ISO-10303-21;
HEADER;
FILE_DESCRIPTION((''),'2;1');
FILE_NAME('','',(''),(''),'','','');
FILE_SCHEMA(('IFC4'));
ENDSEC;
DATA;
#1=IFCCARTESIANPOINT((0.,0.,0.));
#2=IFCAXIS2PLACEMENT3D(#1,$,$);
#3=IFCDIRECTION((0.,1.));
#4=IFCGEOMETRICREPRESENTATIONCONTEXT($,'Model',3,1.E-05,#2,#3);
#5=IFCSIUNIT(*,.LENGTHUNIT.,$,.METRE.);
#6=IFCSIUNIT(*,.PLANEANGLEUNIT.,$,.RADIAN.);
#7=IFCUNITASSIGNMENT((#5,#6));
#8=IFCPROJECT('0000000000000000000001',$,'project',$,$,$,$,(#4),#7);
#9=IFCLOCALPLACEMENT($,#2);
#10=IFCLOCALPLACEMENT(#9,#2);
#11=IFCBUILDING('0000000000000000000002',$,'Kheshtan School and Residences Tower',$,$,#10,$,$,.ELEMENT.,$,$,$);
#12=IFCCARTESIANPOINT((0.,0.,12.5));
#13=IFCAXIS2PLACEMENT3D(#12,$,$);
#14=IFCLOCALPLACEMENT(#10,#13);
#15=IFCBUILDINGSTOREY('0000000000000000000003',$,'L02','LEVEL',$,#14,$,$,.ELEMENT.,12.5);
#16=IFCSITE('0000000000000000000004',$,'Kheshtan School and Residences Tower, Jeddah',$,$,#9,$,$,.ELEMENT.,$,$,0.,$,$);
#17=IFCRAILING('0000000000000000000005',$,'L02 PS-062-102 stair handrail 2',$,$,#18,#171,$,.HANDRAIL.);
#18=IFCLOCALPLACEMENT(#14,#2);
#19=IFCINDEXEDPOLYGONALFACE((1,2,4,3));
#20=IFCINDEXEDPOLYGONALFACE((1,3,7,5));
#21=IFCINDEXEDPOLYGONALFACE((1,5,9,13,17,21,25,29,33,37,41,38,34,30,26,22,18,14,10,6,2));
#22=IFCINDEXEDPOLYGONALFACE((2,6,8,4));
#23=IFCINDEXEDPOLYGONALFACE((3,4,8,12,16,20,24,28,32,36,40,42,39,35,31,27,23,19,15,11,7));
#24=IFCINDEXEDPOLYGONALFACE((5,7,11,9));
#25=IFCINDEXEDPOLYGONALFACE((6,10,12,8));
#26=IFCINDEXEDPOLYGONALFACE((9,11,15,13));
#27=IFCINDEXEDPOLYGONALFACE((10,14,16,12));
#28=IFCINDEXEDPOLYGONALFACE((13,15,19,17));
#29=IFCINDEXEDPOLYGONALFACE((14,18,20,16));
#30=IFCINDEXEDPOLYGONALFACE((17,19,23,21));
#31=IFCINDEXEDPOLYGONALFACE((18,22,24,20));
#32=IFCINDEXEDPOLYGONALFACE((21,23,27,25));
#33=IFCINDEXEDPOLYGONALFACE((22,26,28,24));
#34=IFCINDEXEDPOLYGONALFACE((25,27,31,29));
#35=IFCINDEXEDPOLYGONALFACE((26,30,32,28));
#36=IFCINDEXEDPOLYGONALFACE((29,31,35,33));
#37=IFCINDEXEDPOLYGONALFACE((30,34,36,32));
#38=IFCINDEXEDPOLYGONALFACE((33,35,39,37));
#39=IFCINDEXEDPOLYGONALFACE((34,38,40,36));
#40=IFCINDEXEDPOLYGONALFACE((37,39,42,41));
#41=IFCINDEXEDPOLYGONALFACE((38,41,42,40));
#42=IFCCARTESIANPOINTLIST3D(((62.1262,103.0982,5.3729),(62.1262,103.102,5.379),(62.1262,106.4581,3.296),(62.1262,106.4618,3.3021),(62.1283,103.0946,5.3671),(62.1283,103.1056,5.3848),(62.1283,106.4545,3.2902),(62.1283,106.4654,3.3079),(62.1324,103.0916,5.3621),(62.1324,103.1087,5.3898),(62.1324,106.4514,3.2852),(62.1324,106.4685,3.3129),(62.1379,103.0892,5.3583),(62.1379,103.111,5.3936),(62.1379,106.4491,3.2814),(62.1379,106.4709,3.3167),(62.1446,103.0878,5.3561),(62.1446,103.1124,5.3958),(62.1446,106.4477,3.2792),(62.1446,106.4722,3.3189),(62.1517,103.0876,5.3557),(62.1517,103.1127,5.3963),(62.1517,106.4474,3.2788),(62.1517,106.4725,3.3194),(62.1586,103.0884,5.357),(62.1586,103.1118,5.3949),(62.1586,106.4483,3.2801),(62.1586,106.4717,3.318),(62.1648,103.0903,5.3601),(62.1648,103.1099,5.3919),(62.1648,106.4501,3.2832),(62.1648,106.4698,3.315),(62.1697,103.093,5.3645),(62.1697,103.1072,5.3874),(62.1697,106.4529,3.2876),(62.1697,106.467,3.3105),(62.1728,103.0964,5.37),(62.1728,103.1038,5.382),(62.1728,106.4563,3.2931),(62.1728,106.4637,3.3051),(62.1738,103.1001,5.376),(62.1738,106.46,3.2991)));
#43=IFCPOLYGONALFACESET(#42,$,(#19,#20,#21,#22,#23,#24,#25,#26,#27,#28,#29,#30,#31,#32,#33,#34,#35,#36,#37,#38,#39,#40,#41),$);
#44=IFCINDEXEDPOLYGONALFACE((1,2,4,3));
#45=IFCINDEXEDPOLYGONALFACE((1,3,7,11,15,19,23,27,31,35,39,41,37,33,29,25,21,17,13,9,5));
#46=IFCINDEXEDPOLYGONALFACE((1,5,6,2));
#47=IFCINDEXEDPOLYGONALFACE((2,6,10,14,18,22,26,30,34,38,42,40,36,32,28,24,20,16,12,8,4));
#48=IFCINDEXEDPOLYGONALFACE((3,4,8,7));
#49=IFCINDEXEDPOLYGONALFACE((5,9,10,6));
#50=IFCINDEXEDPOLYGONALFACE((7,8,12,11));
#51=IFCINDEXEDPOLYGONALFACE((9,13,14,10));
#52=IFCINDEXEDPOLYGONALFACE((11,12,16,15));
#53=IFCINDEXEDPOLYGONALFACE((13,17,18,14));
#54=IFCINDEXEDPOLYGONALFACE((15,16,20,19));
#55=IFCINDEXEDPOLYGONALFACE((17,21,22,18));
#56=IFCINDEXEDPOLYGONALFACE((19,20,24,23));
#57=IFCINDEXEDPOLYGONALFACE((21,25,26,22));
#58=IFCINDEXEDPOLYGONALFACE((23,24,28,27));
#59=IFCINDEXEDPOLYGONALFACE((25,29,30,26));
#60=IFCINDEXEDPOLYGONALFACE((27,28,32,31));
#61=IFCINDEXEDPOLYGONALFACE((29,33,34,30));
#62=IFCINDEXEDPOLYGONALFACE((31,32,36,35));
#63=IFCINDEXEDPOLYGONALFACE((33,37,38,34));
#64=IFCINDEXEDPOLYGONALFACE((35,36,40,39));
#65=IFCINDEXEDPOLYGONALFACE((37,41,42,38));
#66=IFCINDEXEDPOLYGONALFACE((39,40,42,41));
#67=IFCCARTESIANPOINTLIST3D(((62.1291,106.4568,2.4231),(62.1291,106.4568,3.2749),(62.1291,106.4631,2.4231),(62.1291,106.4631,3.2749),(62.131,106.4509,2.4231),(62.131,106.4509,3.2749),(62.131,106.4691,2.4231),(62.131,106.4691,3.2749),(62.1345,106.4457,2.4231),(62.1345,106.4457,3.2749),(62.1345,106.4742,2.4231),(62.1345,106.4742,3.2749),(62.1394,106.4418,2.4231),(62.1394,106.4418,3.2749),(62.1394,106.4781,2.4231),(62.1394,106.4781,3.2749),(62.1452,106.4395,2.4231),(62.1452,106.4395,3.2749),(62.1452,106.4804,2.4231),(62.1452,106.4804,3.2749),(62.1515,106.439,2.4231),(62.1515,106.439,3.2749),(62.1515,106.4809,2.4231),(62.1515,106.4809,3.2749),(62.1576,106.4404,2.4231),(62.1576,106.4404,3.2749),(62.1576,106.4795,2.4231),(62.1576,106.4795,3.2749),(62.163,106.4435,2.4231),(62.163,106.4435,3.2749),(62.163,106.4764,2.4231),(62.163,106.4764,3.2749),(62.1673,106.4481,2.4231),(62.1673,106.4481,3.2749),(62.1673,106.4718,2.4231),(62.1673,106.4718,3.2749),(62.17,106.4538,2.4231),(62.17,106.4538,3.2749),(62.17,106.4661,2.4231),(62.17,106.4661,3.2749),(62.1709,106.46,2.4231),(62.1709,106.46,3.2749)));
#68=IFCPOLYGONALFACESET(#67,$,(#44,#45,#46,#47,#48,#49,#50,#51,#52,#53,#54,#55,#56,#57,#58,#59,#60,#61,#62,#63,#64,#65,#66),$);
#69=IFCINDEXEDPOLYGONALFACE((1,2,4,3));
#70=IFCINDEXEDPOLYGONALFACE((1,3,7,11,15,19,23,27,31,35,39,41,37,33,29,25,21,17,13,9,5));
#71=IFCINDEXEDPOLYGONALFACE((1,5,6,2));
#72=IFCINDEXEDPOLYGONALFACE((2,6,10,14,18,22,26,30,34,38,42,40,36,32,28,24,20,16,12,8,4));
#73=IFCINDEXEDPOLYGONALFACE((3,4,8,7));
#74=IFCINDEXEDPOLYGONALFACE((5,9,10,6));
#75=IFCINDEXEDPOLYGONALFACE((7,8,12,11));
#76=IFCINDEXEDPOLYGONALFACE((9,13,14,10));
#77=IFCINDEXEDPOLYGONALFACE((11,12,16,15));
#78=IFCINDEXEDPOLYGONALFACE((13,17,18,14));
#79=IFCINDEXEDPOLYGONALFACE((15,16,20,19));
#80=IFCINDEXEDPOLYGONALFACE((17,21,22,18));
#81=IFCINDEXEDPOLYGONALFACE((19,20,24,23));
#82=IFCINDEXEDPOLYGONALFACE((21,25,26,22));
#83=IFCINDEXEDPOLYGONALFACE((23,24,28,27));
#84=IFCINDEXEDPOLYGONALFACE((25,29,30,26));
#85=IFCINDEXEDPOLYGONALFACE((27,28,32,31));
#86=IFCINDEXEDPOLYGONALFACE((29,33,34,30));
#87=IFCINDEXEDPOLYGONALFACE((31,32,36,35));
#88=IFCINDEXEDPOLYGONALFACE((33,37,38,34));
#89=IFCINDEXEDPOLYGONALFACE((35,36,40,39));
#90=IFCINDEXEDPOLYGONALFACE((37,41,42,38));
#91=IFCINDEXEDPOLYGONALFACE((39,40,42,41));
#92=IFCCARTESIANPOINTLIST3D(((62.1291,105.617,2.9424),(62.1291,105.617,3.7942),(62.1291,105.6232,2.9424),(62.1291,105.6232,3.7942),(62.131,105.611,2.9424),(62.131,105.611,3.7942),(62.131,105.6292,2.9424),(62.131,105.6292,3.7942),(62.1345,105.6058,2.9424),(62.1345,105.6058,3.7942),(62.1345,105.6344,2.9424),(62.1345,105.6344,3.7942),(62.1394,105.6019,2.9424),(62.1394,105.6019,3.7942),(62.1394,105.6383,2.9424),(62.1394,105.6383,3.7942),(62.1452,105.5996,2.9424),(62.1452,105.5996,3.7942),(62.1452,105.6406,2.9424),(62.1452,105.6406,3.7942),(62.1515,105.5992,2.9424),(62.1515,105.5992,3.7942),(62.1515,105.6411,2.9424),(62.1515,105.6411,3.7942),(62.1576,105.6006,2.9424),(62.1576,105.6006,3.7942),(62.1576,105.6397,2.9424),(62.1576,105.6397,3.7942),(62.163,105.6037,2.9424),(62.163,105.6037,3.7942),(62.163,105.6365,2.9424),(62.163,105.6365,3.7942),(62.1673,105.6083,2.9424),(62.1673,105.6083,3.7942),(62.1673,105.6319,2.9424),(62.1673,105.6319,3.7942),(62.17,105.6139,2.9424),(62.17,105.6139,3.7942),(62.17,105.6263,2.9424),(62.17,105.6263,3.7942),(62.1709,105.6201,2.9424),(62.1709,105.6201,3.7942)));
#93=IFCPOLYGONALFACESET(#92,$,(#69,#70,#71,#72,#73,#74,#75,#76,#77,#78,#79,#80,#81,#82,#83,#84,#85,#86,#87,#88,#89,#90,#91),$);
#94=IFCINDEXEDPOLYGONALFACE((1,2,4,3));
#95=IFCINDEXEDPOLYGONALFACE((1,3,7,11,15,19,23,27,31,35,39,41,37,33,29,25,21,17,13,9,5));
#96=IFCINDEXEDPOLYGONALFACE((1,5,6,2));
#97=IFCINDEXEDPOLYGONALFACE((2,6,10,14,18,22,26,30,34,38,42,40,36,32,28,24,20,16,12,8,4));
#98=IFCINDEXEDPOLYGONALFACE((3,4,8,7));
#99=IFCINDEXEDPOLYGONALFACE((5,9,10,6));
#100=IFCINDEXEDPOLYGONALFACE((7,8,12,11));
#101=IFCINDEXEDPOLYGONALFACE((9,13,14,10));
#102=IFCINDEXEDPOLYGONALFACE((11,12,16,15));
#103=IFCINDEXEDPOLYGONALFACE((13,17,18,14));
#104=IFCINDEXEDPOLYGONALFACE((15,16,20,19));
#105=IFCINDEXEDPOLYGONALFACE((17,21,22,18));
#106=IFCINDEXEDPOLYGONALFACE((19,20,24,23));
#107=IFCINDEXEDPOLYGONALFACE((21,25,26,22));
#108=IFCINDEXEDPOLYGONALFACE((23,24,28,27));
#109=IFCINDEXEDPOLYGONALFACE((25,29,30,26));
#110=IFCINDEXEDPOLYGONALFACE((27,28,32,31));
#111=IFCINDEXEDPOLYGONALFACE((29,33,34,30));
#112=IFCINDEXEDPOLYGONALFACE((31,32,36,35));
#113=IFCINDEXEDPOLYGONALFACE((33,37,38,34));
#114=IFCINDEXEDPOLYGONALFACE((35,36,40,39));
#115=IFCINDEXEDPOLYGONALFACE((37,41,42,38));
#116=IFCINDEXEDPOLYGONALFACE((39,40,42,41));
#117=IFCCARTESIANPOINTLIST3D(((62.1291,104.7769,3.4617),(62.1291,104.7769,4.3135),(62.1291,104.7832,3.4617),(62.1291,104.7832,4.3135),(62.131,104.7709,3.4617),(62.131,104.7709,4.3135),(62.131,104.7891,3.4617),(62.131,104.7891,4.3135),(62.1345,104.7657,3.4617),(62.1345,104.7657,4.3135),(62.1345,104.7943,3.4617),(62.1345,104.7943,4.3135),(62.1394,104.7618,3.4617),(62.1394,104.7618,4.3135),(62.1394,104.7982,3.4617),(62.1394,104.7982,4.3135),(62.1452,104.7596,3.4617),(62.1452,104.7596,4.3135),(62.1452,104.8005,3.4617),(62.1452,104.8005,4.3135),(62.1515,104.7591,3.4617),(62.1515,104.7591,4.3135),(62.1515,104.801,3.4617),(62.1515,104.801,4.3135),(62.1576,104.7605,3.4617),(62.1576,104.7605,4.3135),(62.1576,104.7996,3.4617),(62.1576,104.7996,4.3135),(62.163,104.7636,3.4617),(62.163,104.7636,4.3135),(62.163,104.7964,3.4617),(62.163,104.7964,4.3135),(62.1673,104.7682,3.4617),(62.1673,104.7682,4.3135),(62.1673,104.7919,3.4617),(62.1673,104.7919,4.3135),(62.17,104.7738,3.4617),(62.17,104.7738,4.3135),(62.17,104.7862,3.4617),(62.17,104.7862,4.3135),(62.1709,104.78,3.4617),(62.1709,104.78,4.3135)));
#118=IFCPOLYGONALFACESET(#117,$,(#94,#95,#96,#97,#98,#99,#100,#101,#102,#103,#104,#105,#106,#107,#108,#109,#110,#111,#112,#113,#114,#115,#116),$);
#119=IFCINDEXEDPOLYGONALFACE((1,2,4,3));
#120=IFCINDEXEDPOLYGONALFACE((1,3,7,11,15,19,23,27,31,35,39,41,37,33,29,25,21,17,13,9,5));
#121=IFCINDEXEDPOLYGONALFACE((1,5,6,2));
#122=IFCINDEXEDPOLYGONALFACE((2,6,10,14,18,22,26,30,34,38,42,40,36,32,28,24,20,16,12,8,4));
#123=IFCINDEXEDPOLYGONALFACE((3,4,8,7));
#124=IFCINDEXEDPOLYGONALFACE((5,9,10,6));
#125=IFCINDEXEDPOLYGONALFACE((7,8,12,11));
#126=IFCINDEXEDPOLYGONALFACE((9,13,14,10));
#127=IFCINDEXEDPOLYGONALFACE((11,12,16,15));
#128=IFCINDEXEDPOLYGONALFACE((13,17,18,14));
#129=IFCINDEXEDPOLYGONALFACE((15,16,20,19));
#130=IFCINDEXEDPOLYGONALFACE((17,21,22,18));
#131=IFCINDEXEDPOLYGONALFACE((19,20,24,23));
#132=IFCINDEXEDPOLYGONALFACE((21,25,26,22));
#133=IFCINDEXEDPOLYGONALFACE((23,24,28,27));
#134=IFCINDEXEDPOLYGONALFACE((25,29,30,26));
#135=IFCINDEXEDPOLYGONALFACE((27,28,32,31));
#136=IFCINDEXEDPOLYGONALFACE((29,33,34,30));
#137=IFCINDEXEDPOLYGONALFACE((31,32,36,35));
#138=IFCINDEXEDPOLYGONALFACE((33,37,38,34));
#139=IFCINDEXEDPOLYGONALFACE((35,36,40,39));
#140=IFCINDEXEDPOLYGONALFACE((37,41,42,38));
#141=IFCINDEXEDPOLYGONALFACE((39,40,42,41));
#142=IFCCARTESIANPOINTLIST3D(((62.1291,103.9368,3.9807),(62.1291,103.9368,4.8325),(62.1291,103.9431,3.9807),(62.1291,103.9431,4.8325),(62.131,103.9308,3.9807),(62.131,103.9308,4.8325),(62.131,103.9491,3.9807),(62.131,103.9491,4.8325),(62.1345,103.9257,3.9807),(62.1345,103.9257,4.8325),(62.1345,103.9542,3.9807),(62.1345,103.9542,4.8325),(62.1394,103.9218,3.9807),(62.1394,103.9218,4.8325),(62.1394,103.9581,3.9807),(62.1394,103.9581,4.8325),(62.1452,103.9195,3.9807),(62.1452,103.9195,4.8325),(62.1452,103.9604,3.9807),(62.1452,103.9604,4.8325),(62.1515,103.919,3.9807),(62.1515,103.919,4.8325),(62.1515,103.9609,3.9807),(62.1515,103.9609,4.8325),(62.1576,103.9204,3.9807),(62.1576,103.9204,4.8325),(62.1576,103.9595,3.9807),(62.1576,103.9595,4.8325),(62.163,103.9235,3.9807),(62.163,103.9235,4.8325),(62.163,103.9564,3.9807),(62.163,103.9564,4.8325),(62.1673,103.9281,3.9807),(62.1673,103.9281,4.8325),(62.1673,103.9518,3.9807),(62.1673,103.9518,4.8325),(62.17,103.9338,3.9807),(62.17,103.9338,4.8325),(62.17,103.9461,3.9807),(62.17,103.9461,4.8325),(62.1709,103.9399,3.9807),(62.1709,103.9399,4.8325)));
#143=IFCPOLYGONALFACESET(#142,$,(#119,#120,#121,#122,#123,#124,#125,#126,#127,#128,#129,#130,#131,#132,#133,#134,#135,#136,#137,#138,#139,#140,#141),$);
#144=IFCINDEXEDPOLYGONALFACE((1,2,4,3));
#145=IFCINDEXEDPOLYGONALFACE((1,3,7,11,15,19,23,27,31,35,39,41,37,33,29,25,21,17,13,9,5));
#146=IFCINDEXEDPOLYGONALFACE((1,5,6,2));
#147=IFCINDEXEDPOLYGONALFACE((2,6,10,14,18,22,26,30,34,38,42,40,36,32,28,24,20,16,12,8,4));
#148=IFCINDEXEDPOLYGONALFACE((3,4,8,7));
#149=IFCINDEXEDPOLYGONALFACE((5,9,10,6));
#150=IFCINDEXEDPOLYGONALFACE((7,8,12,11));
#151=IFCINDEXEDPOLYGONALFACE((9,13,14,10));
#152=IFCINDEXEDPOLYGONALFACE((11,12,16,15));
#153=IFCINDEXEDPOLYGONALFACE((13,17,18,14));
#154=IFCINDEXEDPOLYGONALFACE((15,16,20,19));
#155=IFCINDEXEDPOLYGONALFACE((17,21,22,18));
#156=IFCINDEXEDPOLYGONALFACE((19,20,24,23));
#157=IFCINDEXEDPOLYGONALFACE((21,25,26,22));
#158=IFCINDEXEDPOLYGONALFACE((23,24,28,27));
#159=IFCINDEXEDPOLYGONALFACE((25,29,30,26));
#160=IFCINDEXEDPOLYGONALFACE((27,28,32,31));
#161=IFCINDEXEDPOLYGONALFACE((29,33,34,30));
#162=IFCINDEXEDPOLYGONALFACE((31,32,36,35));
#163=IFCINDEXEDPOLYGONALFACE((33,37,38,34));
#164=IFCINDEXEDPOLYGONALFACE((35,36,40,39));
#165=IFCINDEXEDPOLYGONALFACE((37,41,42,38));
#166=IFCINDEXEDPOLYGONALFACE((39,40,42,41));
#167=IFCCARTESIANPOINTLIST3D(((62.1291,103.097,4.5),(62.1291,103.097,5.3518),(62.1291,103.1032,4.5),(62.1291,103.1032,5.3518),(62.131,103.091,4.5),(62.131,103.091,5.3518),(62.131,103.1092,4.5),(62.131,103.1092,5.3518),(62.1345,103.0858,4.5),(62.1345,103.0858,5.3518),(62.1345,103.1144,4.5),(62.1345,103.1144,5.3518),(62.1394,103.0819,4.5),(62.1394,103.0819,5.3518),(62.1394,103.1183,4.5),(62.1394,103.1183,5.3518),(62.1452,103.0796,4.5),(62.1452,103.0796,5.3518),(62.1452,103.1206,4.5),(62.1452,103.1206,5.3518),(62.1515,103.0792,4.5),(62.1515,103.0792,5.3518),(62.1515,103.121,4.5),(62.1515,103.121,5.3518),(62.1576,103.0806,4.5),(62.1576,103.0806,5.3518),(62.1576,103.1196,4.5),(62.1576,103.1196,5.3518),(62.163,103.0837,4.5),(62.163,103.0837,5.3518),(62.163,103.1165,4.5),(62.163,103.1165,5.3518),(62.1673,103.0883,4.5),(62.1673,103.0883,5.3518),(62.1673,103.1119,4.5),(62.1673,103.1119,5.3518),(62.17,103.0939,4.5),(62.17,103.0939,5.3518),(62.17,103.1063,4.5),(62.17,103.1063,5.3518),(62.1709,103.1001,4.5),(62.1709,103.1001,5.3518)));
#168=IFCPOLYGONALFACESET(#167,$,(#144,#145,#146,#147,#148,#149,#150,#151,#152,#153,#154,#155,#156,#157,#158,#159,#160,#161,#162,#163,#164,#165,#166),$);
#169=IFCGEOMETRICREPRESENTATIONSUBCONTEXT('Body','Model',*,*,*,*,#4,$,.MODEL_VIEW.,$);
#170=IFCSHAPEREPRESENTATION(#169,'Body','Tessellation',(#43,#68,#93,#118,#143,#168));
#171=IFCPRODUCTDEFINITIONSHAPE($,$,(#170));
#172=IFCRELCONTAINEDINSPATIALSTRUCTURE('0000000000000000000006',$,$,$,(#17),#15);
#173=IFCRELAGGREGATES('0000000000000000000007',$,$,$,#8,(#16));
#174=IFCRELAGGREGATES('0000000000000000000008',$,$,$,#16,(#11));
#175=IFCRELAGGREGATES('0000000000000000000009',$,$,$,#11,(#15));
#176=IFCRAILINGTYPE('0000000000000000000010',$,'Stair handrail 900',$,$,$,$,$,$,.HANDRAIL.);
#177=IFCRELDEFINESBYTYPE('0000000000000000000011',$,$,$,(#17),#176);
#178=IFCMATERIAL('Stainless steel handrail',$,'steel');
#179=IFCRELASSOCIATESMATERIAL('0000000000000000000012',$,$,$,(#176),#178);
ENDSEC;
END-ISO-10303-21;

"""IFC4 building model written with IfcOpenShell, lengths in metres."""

from ifc_helpers import new_model, si_unit, direction, frame, origin, origin_2d, place, context, subcontext, project, spatial, circle, extrude, material, type_object, element, save


model = new_model("IFC4")

# Units and contexts
model_context = context("Model", 3, precision=1e-05, world=origin(), true_north=direction((0.0, 1.0)))
body_context = subcontext(model_context, "Body", "Model", "MODEL_VIEW")
ifc_project = project(units=[si_unit("LENGTHUNIT", "METRE"), si_unit("PLANEANGLEUNIT", "RADIAN")], contexts=[model_context])

# Site, building, storey
site_placement = place(None, origin())
site = spatial("IfcSite", under=ifc_project, at=site_placement, Name="Kheshtan School and Residences Tower, Jeddah", CompositionType="ELEMENT", RefElevation=0.0)
building_placement = place(site_placement, origin())
building = spatial("IfcBuilding", under=site, at=building_placement, Name="Kheshtan School and Residences Tower", CompositionType="ELEMENT")
storey_placement = place(building_placement, frame((0.0, 0.0, 12.5)))
storey = spatial("IfcBuildingStorey", under=building, at=storey_placement, Name="L02", Description="LEVEL", CompositionType="ELEMENT", Elevation=12.5)

# Railing
ifc_material_1 = material(Name="Stainless steel handrail", Category="steel")
railing_type_1 = type_object("IfcRailingType", Name="Stair handrail 900", PredefinedType="HANDRAIL", material=ifc_material_1)
railing_1_placement = place(storey_placement, frame((62.1499, 106.46, 2.4231)))
element("IfcRailing", 1, at=railing_1_placement, inside=storey, type_object=railing_type_1, Name="L02 PS-062-102 stair handrail 2", PredefinedType="HANDRAIL", context=body_context, shape_type="SweptSolid", body=[
    extrude(circle(Radius=0.0239, at=origin_2d()), frame((0.0, 0.0, 0.876), z_axis=(0.0, -0.850606, 0.525803), x_axis=(1.0, 0.0, 0.0)), (0.0, 0.0, 1.0), 3.95),
    extrude(circle(Radius=0.021, at=origin_2d()), origin(), (0.0, 0.0, 1.0), 0.8518),
    extrude(circle(Radius=0.021, at=origin_2d()), frame((0.0, -0.8398, 0.5193)), (0.0, 0.0, 1.0), 0.8518),
    extrude(circle(Radius=0.021, at=origin_2d()), frame((0.0, -1.6799, 1.0386)), (0.0, 0.0, 1.0), 0.8518),
    extrude(circle(Radius=0.021, at=origin_2d()), frame((0.0, -2.52, 1.5576)), (0.0, 0.0, 1.0), 0.8518),
    extrude(circle(Radius=0.021, at=origin_2d()), frame((0.0, -3.3599, 2.0769)), (0.0, 0.0, 1.0), 0.8518),
])

save(model, "model.ifc")
